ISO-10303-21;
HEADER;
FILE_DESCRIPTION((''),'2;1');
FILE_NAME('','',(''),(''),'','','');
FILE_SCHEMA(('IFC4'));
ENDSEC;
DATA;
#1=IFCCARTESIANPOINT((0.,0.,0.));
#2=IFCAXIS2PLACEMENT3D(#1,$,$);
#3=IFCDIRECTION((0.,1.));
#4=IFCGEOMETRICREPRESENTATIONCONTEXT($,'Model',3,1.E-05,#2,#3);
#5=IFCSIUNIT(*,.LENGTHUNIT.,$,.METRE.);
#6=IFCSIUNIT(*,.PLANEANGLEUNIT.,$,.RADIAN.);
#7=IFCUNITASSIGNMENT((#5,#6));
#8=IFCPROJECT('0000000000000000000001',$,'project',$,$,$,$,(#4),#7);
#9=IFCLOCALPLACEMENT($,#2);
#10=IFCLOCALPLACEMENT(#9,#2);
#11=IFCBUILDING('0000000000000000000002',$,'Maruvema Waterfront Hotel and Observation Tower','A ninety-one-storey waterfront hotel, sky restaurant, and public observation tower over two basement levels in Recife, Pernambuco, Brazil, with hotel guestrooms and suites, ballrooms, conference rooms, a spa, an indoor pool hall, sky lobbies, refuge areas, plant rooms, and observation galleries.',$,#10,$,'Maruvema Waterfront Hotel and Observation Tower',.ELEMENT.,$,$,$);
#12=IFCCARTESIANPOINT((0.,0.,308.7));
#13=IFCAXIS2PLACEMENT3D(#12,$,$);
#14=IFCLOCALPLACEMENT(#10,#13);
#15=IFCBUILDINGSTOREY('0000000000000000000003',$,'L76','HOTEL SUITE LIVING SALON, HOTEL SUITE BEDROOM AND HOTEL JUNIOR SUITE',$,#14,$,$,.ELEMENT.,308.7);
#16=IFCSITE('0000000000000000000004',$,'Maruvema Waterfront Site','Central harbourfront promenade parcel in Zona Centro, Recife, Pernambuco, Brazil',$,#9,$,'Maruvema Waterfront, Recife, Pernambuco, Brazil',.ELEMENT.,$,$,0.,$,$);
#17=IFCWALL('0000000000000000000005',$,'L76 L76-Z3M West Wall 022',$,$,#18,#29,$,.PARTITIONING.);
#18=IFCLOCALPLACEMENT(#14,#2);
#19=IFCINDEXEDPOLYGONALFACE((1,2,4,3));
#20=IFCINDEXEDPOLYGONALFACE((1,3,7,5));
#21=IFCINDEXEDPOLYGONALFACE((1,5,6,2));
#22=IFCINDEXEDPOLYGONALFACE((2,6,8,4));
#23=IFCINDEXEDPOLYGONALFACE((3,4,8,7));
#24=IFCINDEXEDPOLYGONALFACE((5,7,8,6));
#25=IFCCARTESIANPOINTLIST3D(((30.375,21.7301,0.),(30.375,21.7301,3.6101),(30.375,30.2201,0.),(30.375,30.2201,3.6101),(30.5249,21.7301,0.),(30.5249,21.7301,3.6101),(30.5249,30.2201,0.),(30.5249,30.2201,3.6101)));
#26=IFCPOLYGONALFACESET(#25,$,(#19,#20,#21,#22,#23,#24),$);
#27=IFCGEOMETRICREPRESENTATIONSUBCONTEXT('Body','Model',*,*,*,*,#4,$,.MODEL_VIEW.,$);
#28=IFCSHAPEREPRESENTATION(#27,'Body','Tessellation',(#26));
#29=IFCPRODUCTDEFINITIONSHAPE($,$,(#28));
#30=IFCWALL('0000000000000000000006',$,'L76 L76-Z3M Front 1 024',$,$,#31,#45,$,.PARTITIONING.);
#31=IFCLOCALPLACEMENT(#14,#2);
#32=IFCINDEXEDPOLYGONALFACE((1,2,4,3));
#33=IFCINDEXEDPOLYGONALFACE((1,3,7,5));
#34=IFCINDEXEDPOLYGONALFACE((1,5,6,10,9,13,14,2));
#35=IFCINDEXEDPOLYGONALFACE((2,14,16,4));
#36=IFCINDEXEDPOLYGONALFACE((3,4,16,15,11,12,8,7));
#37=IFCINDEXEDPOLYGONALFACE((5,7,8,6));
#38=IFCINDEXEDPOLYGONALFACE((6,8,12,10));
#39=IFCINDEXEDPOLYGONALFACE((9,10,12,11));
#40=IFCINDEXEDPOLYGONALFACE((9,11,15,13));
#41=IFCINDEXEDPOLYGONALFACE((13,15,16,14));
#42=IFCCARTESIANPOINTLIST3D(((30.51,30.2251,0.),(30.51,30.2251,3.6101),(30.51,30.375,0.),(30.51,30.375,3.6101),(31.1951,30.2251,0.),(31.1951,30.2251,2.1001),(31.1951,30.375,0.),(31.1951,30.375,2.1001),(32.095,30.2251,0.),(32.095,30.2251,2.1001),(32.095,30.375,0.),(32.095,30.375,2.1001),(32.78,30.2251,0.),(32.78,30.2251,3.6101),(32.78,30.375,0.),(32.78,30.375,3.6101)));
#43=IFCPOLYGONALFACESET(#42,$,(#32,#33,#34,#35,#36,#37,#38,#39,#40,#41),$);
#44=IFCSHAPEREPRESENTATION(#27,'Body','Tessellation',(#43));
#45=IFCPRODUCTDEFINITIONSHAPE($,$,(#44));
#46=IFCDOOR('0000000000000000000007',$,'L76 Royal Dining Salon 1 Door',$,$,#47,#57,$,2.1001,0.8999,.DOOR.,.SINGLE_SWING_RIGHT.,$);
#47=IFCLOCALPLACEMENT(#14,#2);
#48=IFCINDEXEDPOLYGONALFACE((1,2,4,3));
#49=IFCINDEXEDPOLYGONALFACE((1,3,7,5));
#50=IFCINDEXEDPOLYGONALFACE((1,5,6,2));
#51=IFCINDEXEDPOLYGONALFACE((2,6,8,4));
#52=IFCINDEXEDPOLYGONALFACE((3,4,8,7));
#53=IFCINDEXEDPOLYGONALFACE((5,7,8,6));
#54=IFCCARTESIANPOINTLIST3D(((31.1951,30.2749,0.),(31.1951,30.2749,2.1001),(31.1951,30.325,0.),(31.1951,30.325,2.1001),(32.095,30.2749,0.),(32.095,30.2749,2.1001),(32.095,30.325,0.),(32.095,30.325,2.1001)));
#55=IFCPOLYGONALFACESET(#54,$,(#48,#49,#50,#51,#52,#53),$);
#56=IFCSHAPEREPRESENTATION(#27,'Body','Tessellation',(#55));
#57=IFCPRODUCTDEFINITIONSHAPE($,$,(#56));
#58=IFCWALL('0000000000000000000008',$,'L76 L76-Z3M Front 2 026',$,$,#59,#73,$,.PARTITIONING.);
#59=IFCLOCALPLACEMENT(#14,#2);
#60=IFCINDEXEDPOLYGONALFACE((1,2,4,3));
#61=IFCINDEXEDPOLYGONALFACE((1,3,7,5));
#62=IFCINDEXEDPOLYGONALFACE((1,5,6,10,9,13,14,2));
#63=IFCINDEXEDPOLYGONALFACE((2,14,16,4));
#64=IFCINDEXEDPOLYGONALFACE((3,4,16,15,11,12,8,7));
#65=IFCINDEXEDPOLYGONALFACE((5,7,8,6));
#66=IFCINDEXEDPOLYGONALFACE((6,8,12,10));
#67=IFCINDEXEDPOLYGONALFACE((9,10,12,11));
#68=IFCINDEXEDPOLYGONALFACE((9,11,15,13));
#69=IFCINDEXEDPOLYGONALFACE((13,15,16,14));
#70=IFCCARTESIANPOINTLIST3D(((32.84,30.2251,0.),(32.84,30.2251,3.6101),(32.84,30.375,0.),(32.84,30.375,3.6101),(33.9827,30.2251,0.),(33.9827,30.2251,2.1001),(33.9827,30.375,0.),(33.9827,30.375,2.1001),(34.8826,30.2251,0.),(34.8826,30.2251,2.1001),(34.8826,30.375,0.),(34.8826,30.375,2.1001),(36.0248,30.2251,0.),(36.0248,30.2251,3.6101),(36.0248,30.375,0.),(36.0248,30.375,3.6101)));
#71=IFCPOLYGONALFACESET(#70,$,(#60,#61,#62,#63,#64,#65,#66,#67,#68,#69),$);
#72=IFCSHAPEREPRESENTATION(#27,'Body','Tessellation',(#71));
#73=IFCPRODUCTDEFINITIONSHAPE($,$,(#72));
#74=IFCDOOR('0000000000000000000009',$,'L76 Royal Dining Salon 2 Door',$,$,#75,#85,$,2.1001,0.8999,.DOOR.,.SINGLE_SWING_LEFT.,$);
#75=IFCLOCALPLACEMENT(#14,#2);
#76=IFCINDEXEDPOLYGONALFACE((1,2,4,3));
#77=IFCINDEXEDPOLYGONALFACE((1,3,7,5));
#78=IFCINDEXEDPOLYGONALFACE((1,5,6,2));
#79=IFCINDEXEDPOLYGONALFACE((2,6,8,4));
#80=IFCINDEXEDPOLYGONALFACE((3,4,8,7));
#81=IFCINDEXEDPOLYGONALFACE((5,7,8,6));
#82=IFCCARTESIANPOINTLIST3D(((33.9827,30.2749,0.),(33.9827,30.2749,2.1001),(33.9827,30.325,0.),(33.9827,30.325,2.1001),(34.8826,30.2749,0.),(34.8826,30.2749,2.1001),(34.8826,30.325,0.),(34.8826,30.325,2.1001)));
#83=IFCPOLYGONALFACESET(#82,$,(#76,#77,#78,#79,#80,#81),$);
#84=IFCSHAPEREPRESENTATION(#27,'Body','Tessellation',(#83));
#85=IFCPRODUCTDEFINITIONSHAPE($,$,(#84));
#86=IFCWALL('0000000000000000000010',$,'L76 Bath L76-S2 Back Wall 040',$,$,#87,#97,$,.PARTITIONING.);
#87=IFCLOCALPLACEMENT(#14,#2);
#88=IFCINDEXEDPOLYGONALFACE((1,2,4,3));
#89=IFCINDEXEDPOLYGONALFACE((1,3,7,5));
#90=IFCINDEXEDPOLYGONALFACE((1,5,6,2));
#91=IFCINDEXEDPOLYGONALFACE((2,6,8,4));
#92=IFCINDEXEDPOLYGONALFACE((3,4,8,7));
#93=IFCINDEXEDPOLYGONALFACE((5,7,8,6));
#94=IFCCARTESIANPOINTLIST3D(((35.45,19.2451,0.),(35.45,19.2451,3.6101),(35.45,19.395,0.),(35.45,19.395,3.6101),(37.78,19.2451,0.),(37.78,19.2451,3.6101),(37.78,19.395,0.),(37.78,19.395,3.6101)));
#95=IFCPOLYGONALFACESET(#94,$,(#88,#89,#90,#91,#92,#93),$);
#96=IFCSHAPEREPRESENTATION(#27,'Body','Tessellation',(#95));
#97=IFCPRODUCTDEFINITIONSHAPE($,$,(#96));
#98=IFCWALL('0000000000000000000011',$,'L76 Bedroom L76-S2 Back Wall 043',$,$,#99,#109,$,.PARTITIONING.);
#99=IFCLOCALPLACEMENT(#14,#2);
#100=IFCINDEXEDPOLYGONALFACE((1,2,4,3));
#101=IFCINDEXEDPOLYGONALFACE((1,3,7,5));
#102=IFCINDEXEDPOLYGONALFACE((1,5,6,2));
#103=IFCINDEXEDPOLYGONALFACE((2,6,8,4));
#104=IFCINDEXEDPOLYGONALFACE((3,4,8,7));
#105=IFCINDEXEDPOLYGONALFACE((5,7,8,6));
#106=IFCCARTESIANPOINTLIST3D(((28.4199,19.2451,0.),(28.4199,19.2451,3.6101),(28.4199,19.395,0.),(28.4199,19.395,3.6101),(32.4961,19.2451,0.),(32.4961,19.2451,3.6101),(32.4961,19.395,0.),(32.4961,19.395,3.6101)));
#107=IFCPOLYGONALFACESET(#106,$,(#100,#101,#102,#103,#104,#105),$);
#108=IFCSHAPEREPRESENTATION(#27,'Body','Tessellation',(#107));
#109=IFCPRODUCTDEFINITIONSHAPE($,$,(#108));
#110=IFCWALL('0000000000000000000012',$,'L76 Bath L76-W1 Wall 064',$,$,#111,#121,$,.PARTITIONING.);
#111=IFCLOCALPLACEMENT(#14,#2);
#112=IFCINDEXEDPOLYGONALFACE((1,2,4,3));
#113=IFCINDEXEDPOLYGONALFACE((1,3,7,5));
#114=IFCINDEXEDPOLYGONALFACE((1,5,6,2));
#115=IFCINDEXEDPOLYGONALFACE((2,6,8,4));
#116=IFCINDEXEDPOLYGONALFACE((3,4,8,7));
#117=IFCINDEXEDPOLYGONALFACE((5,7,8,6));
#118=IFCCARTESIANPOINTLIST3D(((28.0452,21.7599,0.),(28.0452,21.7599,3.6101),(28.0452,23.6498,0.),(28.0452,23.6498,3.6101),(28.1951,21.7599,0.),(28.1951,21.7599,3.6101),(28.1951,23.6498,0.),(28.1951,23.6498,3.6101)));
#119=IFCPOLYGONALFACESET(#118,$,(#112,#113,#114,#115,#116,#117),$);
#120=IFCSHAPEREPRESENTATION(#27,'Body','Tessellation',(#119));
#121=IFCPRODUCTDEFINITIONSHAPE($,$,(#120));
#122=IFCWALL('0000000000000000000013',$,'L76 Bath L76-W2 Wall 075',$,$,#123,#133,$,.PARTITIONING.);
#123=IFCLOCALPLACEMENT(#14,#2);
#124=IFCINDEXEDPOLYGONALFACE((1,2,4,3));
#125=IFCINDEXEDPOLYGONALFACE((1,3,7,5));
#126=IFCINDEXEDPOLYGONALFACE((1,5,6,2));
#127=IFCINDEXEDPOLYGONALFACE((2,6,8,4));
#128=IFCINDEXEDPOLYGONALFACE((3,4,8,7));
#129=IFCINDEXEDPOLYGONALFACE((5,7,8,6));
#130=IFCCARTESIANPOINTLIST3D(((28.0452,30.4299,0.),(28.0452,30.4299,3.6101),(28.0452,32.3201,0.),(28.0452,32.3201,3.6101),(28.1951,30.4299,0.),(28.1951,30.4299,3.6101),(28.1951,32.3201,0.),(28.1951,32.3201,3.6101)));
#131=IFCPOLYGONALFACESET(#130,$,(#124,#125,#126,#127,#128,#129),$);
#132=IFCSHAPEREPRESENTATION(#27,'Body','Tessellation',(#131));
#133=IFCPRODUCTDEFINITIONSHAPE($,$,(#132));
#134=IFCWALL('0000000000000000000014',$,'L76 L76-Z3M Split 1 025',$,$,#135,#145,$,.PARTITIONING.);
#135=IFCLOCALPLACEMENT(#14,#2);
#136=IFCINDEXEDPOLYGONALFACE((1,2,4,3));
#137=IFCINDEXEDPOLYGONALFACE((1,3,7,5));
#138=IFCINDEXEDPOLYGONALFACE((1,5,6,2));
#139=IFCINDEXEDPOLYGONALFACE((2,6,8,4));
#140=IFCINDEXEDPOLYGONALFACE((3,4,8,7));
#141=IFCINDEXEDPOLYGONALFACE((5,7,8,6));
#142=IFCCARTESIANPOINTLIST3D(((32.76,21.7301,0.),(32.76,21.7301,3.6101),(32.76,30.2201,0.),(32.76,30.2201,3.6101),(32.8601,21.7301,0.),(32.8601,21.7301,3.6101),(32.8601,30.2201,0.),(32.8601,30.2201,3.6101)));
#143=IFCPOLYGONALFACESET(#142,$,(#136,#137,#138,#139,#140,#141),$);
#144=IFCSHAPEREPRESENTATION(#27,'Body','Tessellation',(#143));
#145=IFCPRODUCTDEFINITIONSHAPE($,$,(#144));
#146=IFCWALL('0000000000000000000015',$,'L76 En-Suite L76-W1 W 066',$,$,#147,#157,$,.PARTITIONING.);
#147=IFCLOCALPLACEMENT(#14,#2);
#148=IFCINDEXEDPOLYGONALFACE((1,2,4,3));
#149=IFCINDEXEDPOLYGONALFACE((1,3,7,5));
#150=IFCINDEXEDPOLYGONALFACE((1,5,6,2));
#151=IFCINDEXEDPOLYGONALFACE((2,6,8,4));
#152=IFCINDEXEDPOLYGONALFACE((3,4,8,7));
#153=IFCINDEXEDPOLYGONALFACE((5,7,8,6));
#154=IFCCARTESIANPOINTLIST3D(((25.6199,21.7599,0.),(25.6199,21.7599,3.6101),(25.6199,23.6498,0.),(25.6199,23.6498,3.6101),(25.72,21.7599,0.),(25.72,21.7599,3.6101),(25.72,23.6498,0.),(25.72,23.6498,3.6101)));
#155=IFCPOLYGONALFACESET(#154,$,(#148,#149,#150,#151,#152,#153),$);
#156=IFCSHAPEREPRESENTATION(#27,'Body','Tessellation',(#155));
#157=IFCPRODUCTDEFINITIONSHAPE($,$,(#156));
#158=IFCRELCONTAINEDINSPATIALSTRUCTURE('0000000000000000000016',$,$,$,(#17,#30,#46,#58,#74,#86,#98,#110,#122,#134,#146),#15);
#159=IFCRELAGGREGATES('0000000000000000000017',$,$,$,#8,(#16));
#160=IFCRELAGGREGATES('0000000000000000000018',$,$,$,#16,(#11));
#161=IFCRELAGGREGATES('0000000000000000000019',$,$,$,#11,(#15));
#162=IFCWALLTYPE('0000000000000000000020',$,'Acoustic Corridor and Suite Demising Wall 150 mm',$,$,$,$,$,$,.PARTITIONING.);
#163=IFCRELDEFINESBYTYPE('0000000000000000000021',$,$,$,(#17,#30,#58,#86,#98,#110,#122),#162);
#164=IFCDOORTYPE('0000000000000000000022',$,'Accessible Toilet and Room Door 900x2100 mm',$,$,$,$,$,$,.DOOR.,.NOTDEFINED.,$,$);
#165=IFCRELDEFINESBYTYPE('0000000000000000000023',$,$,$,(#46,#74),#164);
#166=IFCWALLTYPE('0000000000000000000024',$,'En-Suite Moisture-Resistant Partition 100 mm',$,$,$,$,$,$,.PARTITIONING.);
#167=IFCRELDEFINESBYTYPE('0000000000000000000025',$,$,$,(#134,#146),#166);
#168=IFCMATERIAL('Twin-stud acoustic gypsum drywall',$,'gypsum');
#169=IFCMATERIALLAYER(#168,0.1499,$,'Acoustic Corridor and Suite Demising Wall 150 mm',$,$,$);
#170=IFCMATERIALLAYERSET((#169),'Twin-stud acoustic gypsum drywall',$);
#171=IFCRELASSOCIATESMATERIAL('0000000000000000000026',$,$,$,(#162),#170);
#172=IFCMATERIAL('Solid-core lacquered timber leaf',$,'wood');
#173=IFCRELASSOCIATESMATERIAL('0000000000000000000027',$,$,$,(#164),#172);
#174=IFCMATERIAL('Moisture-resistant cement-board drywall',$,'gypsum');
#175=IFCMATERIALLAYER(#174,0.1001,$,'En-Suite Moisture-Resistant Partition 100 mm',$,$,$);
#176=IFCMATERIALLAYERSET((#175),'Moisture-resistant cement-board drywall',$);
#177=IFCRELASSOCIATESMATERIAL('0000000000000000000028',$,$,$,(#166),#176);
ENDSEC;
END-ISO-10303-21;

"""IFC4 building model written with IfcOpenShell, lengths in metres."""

from ifc_helpers import new_model, si_unit, direction, frame, frame_2d, origin, place, context, subcontext, project, spatial, rectangle, extrude, material, layer, layer_set, type_object, element, fill, save


model = new_model("IFC4")

# Units and contexts
model_context = context("Model", 3, precision=1e-05, world=origin(), true_north=direction((0.0, 1.0)))
body_context = subcontext(model_context, "Body", "Model", "MODEL_VIEW")
ifc_project = project(units=[si_unit("LENGTHUNIT", "METRE"), si_unit("PLANEANGLEUNIT", "RADIAN")], contexts=[model_context])

# Site, building, storey
site_placement = place(None, origin())
site = spatial("IfcSite", under=ifc_project, at=site_placement, Name="Maruvema Waterfront Site", Description="Central harbourfront promenade parcel in Zona Centro, Recife, Pernambuco, Brazil", LongName="Maruvema Waterfront, Recife, Pernambuco, Brazil", CompositionType="ELEMENT", RefElevation=0.0)
building_placement = place(site_placement, origin())
building = spatial("IfcBuilding", under=site, at=building_placement, Name="Maruvema Waterfront Hotel and Observation Tower", Description="A ninety-one-storey waterfront hotel, sky restaurant, and public observation tower over two basement levels in Recife, Pernambuco, Brazil, with hotel guestrooms and suites, ballrooms, conference rooms, a spa, an indoor pool hall, sky lobbies, refuge areas, plant rooms, and observation galleries.", LongName="Maruvema Waterfront Hotel and Observation Tower", CompositionType="ELEMENT")
storey_placement = place(building_placement, frame((0.0, 0.0, 308.7)))
storey = spatial("IfcBuildingStorey", under=building, at=storey_placement, Name="L76", Description="HOTEL SUITE LIVING SALON, HOTEL SUITE BEDROOM AND HOTEL JUNIOR SUITE", CompositionType="ELEMENT", Elevation=308.7)

# Wall
ifc_material_1 = material(Name="Twin-stud acoustic gypsum drywall", Category="gypsum")
ifc_layer_1 = layer(ifc_material_1, 0.1499, Name="Acoustic Corridor and Suite Demising Wall 150 mm")
ifc_layer_set_1 = layer_set([ifc_layer_1], Name="Twin-stud acoustic gypsum drywall")
wall_type_1 = type_object("IfcWallType", Name="Acoustic Corridor and Suite Demising Wall 150 mm", PredefinedType="PARTITIONING", material=ifc_layer_set_1)
wall_1_placement = place(storey_placement, frame((30.45, 21.73, 0.0), z_axis=(0.0, 0.0, 1.0), x_axis=(0.0, 1.0, 0.0)))
element("IfcWall", 1, at=wall_1_placement, inside=storey, type_object=wall_type_1, Name="L76 L76-Z3M West Wall 022", PredefinedType="PARTITIONING", context=body_context, shape_type="SweptSolid", body=[
    extrude(rectangle(XDim=8.49, YDim=0.1499, at=frame_2d((4.2451, 0.0))), origin(), (0.0, 0.0, 1.0), 3.6101),
])

# Walls, openings, doors
wall_2_placement = place(storey_placement, frame((30.51, 30.3, 0.0), z_axis=(0.0, 0.0, 1.0), x_axis=(1.0, 0.0, 0.0)))
wall_2 = element("IfcWall", 2, at=wall_2_placement, inside=storey, type_object=wall_type_1, Name="L76 L76-Z3M Front 1 024", PredefinedType="PARTITIONING", context=body_context, shape_type="SweptSolid", body=[
    extrude(rectangle(XDim=2.27, YDim=0.1499, at=frame_2d((1.135, 0.0))), origin(), (0.0, 0.0, 1.0), 3.6101),
])
opening_1_placement = place(wall_2_placement, frame((0.6851, 0.0, 0.0)))
opening_1 = element("IfcOpeningElement", 3, at=opening_1_placement, cuts=wall_2, PredefinedType="OPENING", context=body_context, shape_type="SweptSolid", body=[
    extrude(rectangle(XDim=0.8999, YDim=2.1001, at=frame_2d((0.45, 1.05))), frame((0.0, 0.085, 0.0), z_axis=(0.0, -1.0, 0.0), x_axis=(1.0, 0.0, 0.0)), (0.0, 0.0, 1.0), 0.1699),
])
ifc_material_2 = material(Name="Solid-core lacquered timber leaf", Category="wood")
door_type_1 = type_object("IfcDoorType", Name="Accessible Toilet and Room Door 900x2100 mm", OperationType="NOTDEFINED", PredefinedType="DOOR", material=ifc_material_2)
door_1_placement = place(opening_1_placement, origin())
door_1 = element("IfcDoor", 4, at=door_1_placement, inside=storey, type_object=door_type_1, Name="L76 Royal Dining Salon 1 Door", OperationType="SINGLE_SWING_RIGHT", OverallHeight=2.1001, OverallWidth=0.8999, PredefinedType="DOOR", context=body_context, shape_type="SweptSolid", body=[
    extrude(rectangle(XDim=0.8999, YDim=2.1001, at=frame_2d((0.45, 1.05))), frame((0.0, 0.0249, 0.0), z_axis=(0.0, -1.0, 0.0), x_axis=(1.0, 0.0, 0.0)), (0.0, 0.0, 1.0), 0.05),
])
fill(opening_1, door_1)
wall_3_placement = place(storey_placement, frame((32.8401, 30.3, 0.0), z_axis=(0.0, 0.0, 1.0), x_axis=(1.0, 0.0, 0.0)))
wall_3 = element("IfcWall", 5, at=wall_3_placement, inside=storey, type_object=wall_type_1, Name="L76 L76-Z3M Front 2 026", PredefinedType="PARTITIONING", context=body_context, shape_type="SweptSolid", body=[
    extrude(rectangle(XDim=3.1848, YDim=0.1499, at=frame_2d((1.5923, 0.0))), origin(), (0.0, 0.0, 1.0), 3.6101),
])
opening_2_placement = place(wall_3_placement, frame((1.1426, 0.0, 0.0)))
opening_2 = element("IfcOpeningElement", 6, at=opening_2_placement, cuts=wall_3, PredefinedType="OPENING", context=body_context, shape_type="SweptSolid", body=[
    extrude(rectangle(XDim=0.8999, YDim=2.1001, at=frame_2d((0.45, 1.05))), frame((0.0, 0.085, 0.0), z_axis=(0.0, -1.0, 0.0), x_axis=(1.0, 0.0, 0.0)), (0.0, 0.0, 1.0), 0.1699),
])
door_2_placement = place(opening_2_placement, origin())
door_2 = element("IfcDoor", 7, at=door_2_placement, inside=storey, type_object=door_type_1, Name="L76 Royal Dining Salon 2 Door", OperationType="SINGLE_SWING_LEFT", OverallHeight=2.1001, OverallWidth=0.8999, PredefinedType="DOOR", context=body_context, shape_type="SweptSolid", body=[
    extrude(rectangle(XDim=0.8999, YDim=2.1001, at=frame_2d((0.45, 1.05))), frame((0.0, 0.0249, 0.0), z_axis=(0.0, -1.0, 0.0), x_axis=(1.0, 0.0, 0.0)), (0.0, 0.0, 1.0), 0.05),
])
fill(opening_2, door_2)

# Walls
wall_4_placement = place(storey_placement, frame((35.45, 19.3201, 0.0), z_axis=(0.0, 0.0, 1.0), x_axis=(1.0, 0.0, 0.0)))
element("IfcWall", 8, at=wall_4_placement, inside=storey, type_object=wall_type_1, Name="L76 Bath L76-S2 Back Wall 040", PredefinedType="PARTITIONING", context=body_context, shape_type="SweptSolid", body=[
    extrude(rectangle(XDim=2.3301, YDim=0.1499, at=frame_2d((1.165, 0.0))), origin(), (0.0, 0.0, 1.0), 3.6101),
])
wall_5_placement = place(storey_placement, frame((28.4199, 19.3201, 0.0), z_axis=(0.0, 0.0, 1.0), x_axis=(1.0, 0.0, 0.0)))
element("IfcWall", 9, at=wall_5_placement, inside=storey, type_object=wall_type_1, Name="L76 Bedroom L76-S2 Back Wall 043", PredefinedType="PARTITIONING", context=body_context, shape_type="SweptSolid", body=[
    extrude(rectangle(XDim=4.0762, YDim=0.1499, at=frame_2d((2.0381, 0.0))), origin(), (0.0, 0.0, 1.0), 3.6101),
])

# Wall
wall_6_placement = place(storey_placement, frame((28.1201, 21.76, 0.0), z_axis=(0.0, 0.0, 1.0), x_axis=(0.0, 1.0, 0.0)))
element("IfcWall", 10, at=wall_6_placement, inside=storey, type_object=wall_type_1, Name="L76 Bath L76-W1 Wall 064", PredefinedType="PARTITIONING", context=body_context, shape_type="SweptSolid", body=[
    extrude(rectangle(XDim=1.8899, YDim=0.1499, at=frame_2d((0.9448, 0.0))), origin(), (0.0, 0.0, 1.0), 3.6101),
])

# Walls
wall_7_placement = place(storey_placement, frame((28.1201, 30.4299, 0.0), z_axis=(0.0, 0.0, 1.0), x_axis=(0.0, 1.0, 0.0)))
element("IfcWall", 11, at=wall_7_placement, inside=storey, type_object=wall_type_1, Name="L76 Bath L76-W2 Wall 075", PredefinedType="PARTITIONING", context=body_context, shape_type="SweptSolid", body=[
    extrude(rectangle(XDim=1.8901, YDim=0.1499, at=frame_2d((0.9451, 0.0))), origin(), (0.0, 0.0, 1.0), 3.6101),
])
ifc_material_3 = material(Name="Moisture-resistant cement-board drywall", Category="gypsum")
ifc_layer_2 = layer(ifc_material_3, 0.1001, Name="En-Suite Moisture-Resistant Partition 100 mm")
ifc_layer_set_2 = layer_set([ifc_layer_2], Name="Moisture-resistant cement-board drywall")
wall_type_2 = type_object("IfcWallType", Name="En-Suite Moisture-Resistant Partition 100 mm", PredefinedType="PARTITIONING", material=ifc_layer_set_2)
wall_8_placement = place(storey_placement, frame((32.8101, 21.73, 0.0), z_axis=(0.0, 0.0, 1.0), x_axis=(0.0, 1.0, 0.0)))
element("IfcWall", 12, at=wall_8_placement, inside=storey, type_object=wall_type_2, Name="L76 L76-Z3M Split 1 025", PredefinedType="PARTITIONING", context=body_context, shape_type="SweptSolid", body=[
    extrude(rectangle(XDim=8.49, YDim=0.1001, at=frame_2d((4.2451, 0.0))), origin(), (0.0, 0.0, 1.0), 3.6101),
])
wall_9_placement = place(storey_placement, frame((25.6699, 21.76, 0.0), z_axis=(0.0, 0.0, 1.0), x_axis=(0.0, 1.0, 0.0)))
element("IfcWall", 13, at=wall_9_placement, inside=storey, type_object=wall_type_2, Name="L76 En-Suite L76-W1 W 066", PredefinedType="PARTITIONING", context=body_context, shape_type="SweptSolid", body=[
    extrude(rectangle(XDim=1.8899, YDim=0.1001, at=frame_2d((0.9448, 0.0))), origin(), (0.0, 0.0, 1.0), 3.6101),
])

save(model, "model.ifc")
